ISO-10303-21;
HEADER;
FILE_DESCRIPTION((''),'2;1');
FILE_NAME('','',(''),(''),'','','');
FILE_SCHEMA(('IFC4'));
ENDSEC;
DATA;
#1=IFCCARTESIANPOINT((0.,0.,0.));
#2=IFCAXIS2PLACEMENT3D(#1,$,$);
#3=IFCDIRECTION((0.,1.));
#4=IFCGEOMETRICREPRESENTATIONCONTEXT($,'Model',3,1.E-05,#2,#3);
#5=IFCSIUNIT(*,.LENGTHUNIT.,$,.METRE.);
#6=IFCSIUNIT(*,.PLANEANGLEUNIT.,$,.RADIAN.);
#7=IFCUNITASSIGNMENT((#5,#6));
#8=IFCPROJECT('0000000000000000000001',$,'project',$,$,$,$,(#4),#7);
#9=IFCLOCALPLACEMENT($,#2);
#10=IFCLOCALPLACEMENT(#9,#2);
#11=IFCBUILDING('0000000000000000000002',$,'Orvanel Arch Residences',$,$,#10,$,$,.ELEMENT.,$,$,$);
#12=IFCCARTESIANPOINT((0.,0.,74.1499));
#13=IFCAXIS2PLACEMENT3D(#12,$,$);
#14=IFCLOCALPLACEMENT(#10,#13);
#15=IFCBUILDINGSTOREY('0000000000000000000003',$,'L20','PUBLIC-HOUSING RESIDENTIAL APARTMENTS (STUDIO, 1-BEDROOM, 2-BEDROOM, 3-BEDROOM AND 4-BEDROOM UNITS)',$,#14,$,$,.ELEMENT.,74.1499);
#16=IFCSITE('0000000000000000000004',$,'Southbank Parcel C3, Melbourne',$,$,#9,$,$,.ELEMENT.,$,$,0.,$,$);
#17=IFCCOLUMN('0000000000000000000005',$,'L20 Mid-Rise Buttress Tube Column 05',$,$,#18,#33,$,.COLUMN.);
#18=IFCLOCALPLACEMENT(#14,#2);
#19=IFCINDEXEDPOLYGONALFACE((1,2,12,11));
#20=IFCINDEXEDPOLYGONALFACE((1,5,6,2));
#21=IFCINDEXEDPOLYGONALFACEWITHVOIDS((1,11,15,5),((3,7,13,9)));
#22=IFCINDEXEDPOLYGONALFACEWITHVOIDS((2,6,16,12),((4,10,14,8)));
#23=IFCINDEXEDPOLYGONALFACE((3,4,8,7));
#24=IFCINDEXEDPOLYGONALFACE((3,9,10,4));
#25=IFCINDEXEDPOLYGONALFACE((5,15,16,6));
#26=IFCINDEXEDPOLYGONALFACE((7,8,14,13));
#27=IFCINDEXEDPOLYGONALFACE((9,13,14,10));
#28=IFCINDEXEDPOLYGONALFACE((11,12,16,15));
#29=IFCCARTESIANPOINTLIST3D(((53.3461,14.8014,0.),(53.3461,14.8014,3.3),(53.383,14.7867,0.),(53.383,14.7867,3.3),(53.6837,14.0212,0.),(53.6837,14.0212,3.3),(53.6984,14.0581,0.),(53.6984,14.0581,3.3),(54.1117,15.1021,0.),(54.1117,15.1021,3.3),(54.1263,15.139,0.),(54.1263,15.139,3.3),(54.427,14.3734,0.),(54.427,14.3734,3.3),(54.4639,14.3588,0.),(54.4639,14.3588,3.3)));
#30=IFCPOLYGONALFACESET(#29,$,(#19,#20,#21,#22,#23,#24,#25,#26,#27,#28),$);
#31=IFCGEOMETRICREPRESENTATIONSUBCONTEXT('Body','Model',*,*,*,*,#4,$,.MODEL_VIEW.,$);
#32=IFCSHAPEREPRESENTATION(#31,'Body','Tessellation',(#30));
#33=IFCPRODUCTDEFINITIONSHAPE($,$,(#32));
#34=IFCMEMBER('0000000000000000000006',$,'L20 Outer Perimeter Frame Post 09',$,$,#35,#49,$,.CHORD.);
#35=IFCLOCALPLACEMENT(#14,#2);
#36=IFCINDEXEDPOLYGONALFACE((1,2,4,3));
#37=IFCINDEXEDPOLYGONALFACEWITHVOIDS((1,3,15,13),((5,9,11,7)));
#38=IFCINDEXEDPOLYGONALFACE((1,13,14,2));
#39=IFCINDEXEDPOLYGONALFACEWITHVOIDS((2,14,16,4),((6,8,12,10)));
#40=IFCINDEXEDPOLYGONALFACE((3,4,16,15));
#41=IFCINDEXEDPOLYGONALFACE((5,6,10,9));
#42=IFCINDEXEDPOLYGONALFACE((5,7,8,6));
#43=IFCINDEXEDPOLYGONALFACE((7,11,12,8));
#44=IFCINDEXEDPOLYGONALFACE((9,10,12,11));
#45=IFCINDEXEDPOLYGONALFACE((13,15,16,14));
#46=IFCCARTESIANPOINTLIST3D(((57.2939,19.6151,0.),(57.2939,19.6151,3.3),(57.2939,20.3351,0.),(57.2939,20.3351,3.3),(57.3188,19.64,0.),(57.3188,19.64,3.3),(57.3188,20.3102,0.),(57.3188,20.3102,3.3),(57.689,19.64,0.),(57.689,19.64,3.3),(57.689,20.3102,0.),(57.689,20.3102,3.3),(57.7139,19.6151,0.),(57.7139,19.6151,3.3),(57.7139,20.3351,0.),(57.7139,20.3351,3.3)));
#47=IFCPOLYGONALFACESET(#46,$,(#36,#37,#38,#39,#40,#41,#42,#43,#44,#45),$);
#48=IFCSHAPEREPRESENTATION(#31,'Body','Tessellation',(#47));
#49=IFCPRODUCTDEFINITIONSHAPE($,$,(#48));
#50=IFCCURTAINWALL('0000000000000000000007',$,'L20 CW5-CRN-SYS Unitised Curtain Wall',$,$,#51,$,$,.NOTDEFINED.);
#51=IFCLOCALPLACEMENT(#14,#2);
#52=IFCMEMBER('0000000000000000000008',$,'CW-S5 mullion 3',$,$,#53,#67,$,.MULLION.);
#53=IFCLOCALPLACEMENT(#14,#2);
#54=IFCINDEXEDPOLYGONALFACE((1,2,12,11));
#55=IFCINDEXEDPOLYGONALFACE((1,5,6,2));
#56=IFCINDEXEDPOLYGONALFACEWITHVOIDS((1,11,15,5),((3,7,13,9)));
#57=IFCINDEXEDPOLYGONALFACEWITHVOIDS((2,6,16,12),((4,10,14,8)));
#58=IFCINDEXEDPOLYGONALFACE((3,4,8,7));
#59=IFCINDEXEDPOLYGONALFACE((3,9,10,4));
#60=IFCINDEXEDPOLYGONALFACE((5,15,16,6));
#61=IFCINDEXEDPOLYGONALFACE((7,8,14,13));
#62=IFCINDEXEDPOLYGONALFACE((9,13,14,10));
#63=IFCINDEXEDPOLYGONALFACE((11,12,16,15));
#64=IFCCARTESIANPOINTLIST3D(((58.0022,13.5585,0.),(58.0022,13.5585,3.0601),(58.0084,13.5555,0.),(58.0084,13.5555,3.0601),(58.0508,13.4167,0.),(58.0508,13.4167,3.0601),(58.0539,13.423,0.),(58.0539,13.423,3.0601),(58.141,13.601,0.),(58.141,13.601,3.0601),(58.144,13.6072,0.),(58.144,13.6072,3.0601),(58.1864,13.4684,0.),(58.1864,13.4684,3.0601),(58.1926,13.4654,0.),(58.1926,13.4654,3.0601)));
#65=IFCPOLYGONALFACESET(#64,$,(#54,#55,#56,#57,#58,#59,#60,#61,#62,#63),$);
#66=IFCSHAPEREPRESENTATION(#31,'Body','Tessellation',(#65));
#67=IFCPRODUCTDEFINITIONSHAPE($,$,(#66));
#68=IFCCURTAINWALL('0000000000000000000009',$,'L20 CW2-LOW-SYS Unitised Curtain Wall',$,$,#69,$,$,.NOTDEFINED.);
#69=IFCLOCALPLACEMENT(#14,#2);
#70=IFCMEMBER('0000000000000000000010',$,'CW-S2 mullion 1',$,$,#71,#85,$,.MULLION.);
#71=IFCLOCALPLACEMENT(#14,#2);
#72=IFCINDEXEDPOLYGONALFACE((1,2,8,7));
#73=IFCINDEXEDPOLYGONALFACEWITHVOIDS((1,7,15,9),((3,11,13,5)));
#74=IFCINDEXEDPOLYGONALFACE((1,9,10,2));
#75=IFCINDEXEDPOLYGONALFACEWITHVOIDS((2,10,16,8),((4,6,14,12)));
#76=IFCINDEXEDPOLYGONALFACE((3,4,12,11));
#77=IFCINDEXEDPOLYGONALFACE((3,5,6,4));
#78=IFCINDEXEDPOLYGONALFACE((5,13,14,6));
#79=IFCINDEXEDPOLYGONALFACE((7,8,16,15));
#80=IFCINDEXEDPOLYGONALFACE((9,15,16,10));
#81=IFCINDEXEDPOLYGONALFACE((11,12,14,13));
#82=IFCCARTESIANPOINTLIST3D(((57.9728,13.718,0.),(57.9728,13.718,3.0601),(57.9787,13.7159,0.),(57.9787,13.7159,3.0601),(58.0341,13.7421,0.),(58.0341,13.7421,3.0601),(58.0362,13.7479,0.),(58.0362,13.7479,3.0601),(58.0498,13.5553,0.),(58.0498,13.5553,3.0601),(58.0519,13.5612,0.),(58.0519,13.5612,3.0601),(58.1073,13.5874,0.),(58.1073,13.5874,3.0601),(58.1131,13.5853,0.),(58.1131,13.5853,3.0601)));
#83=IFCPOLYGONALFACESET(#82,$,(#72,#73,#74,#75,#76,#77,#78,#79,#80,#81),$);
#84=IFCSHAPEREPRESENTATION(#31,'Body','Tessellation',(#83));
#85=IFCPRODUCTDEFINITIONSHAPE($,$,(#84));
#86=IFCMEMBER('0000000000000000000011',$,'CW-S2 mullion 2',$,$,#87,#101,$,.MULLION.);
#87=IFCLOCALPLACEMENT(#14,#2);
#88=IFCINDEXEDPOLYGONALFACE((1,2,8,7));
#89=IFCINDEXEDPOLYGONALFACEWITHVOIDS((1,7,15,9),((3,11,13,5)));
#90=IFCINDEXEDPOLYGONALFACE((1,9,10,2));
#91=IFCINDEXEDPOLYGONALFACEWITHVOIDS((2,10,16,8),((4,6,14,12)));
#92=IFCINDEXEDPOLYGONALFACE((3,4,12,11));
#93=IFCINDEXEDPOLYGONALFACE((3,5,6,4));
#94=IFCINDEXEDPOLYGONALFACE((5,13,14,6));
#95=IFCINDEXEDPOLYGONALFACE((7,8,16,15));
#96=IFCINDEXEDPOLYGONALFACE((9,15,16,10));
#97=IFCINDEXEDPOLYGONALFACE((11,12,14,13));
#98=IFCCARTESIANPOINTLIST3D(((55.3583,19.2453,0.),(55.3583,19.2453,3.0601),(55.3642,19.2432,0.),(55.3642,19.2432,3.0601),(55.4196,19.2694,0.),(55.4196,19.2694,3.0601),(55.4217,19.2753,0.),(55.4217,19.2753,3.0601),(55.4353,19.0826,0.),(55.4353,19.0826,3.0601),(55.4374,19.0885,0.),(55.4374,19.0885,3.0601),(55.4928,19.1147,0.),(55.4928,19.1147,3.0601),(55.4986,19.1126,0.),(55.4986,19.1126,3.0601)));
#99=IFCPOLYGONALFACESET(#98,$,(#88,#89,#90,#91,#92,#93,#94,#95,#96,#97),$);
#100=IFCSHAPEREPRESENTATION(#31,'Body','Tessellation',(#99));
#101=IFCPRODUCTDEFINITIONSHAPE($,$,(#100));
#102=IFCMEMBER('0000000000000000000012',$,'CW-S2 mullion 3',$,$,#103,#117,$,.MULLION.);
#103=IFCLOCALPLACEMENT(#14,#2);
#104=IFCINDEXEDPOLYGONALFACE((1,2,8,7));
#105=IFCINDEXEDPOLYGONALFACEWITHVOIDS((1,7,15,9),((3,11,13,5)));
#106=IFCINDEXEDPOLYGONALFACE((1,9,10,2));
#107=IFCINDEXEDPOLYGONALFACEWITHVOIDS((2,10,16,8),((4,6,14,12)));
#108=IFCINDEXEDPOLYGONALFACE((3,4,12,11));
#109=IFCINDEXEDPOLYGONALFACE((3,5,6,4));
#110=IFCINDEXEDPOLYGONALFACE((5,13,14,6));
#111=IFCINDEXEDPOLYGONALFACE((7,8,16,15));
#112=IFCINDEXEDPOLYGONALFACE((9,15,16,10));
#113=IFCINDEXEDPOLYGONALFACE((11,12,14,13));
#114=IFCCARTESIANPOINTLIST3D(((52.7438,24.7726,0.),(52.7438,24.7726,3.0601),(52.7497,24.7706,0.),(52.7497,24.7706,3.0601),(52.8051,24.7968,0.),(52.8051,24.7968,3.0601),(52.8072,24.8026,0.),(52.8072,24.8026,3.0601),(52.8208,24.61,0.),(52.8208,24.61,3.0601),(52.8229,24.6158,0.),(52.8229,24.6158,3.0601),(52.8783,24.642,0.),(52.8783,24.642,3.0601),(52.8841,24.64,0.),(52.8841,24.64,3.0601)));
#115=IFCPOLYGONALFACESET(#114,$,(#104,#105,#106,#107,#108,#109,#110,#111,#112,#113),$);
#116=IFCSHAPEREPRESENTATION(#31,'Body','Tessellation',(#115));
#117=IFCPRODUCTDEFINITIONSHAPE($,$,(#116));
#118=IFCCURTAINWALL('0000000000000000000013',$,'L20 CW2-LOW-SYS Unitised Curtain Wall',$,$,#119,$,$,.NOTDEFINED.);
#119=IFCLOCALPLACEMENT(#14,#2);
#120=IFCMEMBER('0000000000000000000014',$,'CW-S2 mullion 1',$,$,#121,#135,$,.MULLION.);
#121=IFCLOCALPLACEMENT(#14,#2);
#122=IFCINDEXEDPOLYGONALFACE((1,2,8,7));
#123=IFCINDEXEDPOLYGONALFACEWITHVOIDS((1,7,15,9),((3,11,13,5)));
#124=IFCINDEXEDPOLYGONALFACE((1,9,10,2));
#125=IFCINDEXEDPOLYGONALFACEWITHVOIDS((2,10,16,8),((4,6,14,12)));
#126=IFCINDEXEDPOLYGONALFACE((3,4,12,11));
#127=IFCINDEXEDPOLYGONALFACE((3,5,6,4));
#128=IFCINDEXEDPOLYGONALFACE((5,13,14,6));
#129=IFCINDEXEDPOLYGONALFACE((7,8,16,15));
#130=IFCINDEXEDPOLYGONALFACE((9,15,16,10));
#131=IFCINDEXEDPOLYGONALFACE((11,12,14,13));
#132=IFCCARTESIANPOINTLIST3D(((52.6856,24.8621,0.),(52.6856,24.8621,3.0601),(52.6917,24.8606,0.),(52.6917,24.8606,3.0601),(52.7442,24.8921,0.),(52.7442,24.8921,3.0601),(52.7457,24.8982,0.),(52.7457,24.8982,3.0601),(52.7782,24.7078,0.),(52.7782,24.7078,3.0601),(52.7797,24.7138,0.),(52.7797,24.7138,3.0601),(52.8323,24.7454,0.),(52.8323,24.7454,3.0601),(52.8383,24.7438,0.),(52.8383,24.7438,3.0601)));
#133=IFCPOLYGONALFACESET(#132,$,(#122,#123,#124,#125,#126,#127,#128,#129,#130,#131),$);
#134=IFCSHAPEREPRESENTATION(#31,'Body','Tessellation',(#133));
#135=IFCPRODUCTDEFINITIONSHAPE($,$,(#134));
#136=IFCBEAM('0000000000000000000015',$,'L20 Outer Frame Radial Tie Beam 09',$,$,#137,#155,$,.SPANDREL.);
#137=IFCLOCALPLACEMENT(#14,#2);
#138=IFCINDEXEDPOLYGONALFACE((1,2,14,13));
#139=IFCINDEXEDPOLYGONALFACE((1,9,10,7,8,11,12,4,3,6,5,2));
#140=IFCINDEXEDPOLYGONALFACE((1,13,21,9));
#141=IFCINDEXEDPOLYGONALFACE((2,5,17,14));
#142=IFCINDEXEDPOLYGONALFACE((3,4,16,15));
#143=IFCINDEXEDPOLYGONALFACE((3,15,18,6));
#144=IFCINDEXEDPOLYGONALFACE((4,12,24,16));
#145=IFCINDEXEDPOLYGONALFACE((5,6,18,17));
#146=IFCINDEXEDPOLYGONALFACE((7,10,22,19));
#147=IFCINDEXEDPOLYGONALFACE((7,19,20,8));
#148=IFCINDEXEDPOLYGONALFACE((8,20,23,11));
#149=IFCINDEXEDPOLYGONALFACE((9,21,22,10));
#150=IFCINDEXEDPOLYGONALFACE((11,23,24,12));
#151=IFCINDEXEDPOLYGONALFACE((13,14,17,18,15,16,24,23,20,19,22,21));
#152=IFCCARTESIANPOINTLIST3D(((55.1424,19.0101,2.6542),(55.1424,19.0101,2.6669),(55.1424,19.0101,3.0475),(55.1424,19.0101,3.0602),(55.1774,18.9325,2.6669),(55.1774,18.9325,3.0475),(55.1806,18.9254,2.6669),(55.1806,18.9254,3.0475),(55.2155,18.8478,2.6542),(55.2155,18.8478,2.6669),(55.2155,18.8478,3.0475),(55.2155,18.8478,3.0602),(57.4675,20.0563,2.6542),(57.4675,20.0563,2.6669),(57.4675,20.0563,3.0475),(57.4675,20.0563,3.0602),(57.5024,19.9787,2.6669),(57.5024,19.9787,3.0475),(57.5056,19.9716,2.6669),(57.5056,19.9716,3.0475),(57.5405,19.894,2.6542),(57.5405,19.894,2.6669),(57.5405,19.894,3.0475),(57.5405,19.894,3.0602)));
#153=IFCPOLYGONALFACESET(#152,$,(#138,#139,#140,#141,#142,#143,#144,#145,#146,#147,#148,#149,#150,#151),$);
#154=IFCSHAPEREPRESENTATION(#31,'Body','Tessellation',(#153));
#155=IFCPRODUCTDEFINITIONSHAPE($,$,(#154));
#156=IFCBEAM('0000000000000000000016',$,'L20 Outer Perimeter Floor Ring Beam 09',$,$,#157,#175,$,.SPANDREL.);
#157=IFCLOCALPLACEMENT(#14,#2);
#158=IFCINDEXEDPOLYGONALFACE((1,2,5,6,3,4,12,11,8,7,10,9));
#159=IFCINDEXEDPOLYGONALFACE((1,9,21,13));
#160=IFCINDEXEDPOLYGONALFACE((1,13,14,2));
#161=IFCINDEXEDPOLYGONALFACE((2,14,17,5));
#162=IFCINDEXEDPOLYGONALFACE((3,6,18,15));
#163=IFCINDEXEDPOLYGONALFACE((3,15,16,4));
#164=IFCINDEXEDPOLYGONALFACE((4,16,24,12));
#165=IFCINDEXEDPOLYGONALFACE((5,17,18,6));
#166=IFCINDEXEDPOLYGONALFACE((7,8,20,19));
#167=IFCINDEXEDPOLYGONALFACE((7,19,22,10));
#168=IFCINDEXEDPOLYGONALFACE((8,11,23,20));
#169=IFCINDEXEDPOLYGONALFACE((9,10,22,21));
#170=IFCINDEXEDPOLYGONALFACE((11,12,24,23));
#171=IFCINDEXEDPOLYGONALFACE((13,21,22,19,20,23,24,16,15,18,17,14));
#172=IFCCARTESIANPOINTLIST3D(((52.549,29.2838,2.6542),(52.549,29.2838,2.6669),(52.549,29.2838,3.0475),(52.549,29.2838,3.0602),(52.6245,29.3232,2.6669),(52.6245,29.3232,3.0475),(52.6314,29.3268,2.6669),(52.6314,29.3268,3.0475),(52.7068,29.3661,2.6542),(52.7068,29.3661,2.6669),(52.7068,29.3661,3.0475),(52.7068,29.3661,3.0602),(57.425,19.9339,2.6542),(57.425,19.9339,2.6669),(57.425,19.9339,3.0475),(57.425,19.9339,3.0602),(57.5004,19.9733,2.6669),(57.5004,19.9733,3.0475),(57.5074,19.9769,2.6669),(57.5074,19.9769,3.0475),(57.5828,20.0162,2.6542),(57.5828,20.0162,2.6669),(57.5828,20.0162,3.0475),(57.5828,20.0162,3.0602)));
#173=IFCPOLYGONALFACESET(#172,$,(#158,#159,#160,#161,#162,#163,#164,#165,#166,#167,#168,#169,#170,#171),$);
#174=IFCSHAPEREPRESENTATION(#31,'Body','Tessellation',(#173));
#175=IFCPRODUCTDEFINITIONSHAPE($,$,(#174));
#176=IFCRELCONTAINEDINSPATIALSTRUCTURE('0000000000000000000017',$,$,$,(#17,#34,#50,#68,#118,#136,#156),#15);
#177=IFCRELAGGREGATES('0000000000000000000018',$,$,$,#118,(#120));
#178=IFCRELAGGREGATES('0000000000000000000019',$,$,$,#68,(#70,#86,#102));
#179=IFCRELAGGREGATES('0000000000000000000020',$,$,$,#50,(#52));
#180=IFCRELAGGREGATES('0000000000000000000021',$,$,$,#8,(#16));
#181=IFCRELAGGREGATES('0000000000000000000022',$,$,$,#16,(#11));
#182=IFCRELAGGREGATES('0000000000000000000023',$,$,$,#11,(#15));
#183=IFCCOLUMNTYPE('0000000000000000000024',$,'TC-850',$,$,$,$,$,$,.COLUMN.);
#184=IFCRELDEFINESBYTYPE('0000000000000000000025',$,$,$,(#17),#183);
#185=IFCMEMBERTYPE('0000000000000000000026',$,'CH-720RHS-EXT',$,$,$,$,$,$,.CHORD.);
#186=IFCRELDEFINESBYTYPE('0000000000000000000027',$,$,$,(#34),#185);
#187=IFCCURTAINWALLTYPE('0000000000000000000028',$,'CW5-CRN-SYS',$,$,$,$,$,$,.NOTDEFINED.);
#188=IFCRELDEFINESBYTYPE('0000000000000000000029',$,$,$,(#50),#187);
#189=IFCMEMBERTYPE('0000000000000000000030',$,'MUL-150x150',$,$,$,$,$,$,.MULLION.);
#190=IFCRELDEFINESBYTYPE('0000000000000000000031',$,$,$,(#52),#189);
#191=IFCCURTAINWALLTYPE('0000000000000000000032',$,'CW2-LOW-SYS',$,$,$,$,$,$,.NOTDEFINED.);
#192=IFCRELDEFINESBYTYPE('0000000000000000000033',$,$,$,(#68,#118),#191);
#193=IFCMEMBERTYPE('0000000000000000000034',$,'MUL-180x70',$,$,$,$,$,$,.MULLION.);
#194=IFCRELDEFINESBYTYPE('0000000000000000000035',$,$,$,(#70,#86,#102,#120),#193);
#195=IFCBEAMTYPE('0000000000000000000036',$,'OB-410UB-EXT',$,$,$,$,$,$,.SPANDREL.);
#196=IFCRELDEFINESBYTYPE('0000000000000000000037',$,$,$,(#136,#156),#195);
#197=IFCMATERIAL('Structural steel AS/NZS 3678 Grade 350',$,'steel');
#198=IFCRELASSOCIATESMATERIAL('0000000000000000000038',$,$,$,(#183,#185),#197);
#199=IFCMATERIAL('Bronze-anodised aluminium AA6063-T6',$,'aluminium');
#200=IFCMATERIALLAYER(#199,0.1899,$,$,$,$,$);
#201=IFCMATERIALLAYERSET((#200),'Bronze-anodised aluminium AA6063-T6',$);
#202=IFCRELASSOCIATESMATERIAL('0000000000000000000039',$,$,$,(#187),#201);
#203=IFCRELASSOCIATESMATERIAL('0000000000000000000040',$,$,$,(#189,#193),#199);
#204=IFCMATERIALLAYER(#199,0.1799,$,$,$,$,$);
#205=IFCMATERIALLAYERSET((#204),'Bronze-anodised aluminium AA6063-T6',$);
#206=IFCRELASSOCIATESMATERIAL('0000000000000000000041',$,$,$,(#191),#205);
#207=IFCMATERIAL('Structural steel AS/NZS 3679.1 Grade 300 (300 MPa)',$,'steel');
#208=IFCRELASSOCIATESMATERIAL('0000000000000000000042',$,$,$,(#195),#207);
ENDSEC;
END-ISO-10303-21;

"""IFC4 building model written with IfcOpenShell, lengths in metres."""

from ifc_helpers import new_model, si_unit, direction, frame, origin, origin_2d, place, context, subcontext, project, spatial, hollow_rectangle, i_section, extrude, material, layer, layer_set, material_profile, profile_set, type_object, element, aggregate, save


model = new_model("IFC4")

# Units and contexts
model_context = context("Model", 3, precision=1e-05, world=origin(), true_north=direction((0.0, 1.0)))
body_context = subcontext(model_context, "Body", "Model", "MODEL_VIEW")
ifc_project = project(units=[si_unit("LENGTHUNIT", "METRE"), si_unit("PLANEANGLEUNIT", "RADIAN")], contexts=[model_context])

# Site, building, storey
site_placement = place(None, origin())
site = spatial("IfcSite", under=ifc_project, at=site_placement, Name="Southbank Parcel C3, Melbourne", CompositionType="ELEMENT", RefElevation=0.0)
building_placement = place(site_placement, origin())
building = spatial("IfcBuilding", under=site, at=building_placement, Name="Orvanel Arch Residences", CompositionType="ELEMENT")
storey_placement = place(building_placement, frame((0.0, 0.0, 74.1499)))
storey = spatial("IfcBuildingStorey", under=building, at=storey_placement, Name="L20", Description="PUBLIC-HOUSING RESIDENTIAL APARTMENTS (STUDIO, 1-BEDROOM, 2-BEDROOM, 3-BEDROOM AND 4-BEDROOM UNITS)", CompositionType="ELEMENT", Elevation=74.1499)

# Column
ifc_material_1 = material(Name="Structural steel AS/NZS 3678 Grade 350", Category="steel")
ifc_material_profile_1 = material_profile(ifc_material_1, hollow_rectangle(XDim=0.8501, YDim=0.8501, WallThickness=0.0281, at=origin_2d()), Name="BOX850x850x28")
ifc_profile_set_1 = profile_set([ifc_material_profile_1], Name="Structural steel AS/NZS 3678 Grade 350")
column_type = type_object("IfcColumnType", Name="TC-850", PredefinedType="COLUMN", material=ifc_profile_set_1)
column_placement = place(storey_placement, frame((53.905, 14.5801, 0.0), z_axis=(0.0, 0.0, 1.0), x_axis=(-0.397148, 0.917755, 0.0)))
element("IfcColumn", 1, at=column_placement, inside=storey, type_object=column_type, Name="L20 Mid-Rise Buttress Tube Column 05", PredefinedType="COLUMN", context=body_context, shape_type="SweptSolid", body=[
    extrude(hollow_rectangle(XDim=0.8501, YDim=0.8501, WallThickness=0.0281, at=origin_2d()), origin(), (0.0, 0.0, 1.0), 3.3),
])

# Member
ifc_material_profile_2 = material_profile(ifc_material_1, hollow_rectangle(XDim=0.4199, YDim=0.72, WallThickness=0.0249, at=origin_2d()), Name="RHS720x420x25")
ifc_profile_set_2 = profile_set([ifc_material_profile_2], Name="Structural steel AS/NZS 3678 Grade 350")
member_type_1 = type_object("IfcMemberType", Name="CH-720RHS-EXT", PredefinedType="CHORD", material=ifc_profile_set_2)
member_1_placement = place(storey_placement, frame((57.5039, 19.9751, 0.0), z_axis=(0.0, 0.0, 1.0), x_axis=(1.0, 0.0, 0.0)))
element("IfcMember", 2, at=member_1_placement, inside=storey, type_object=member_type_1, Name="L20 Outer Perimeter Frame Post 09", PredefinedType="CHORD", context=body_context, shape_type="SweptSolid", body=[
    extrude(hollow_rectangle(XDim=0.4199, YDim=0.72, WallThickness=0.0249, at=origin_2d()), origin(), (0.0, 0.0, 1.0), 3.3),
])

# Curtain wall, member
ifc_material_2 = material(Name="Bronze-anodised aluminium AA6063-T6", Category="aluminium")
ifc_layer_1 = layer(ifc_material_2, 0.1899)
ifc_layer_set_1 = layer_set([ifc_layer_1], Name="Bronze-anodised aluminium AA6063-T6")
curtain_wall_type_1 = type_object("IfcCurtainWallType", Name="CW5-CRN-SYS", PredefinedType="NOTDEFINED", material=ifc_layer_set_1)
curtain_wall_1_placement = place(storey_placement, origin())
curtain_wall_1 = element("IfcCurtainWall", 3, at=curtain_wall_1_placement, inside=storey, type_object=curtain_wall_type_1, Name="L20 CW5-CRN-SYS Unitised Curtain Wall", PredefinedType="NOTDEFINED")
ifc_material_profile_3 = material_profile(ifc_material_2, hollow_rectangle(XDim=0.1499, YDim=0.1499, WallThickness=0.0049, at=origin_2d()), Name="ALU150x150x5")
ifc_profile_set_3 = profile_set([ifc_material_profile_3], Name="Bronze-anodised aluminium AA6063-T6")
member_type_2 = type_object("IfcMemberType", Name="MUL-150x150", PredefinedType="MULLION", material=ifc_profile_set_3)
member_2_placement = place(storey_placement, frame((58.0974, 13.512, 0.0), z_axis=(0.0, 0.0, 1.0), x_axis=(-0.945912, -0.324423, 0.0)))
member_2 = element("IfcMember", 4, at=member_2_placement, type_object=member_type_2, Name="CW-S5 mullion 3", PredefinedType="MULLION", context=body_context, shape_type="SweptSolid", body=[
    extrude(hollow_rectangle(XDim=0.1499, YDim=0.1499, WallThickness=0.0049, at=origin_2d()), origin(), (0.0, 0.0, 1.0), 3.0601),
])

# Curtain wall, members
ifc_layer_2 = layer(ifc_material_2, 0.1799)
ifc_layer_set_2 = layer_set([ifc_layer_2], Name="Bronze-anodised aluminium AA6063-T6")
curtain_wall_type_2 = type_object("IfcCurtainWallType", Name="CW2-LOW-SYS", PredefinedType="NOTDEFINED", material=ifc_layer_set_2)
curtain_wall_2_placement = place(storey_placement, origin())
curtain_wall_2 = element("IfcCurtainWall", 5, at=curtain_wall_2_placement, inside=storey, type_object=curtain_wall_type_2, Name="L20 CW2-LOW-SYS Unitised Curtain Wall", PredefinedType="NOTDEFINED")
ifc_material_profile_4 = material_profile(ifc_material_2, hollow_rectangle(XDim=0.0701, YDim=0.1799, WallThickness=0.0044, at=origin_2d()), Name="ALU180x70x4.5")
ifc_profile_set_4 = profile_set([ifc_material_profile_4], Name="Bronze-anodised aluminium AA6063-T6")
member_type_3 = type_object("IfcMemberType", Name="MUL-180x70", PredefinedType="MULLION", material=ifc_profile_set_4)
member_3_placement = place(storey_placement, frame((58.043, 13.6516, 0.0), z_axis=(0.0, 0.0, 1.0), x_axis=(-0.903971, -0.427593, 0.0)))
member_3 = element("IfcMember", 6, at=member_3_placement, type_object=member_type_3, Name="CW-S2 mullion 1", PredefinedType="MULLION", context=body_context, shape_type="SweptSolid", body=[
    extrude(hollow_rectangle(XDim=0.0701, YDim=0.1799, WallThickness=0.0044, at=origin_2d()), origin(), (0.0, 0.0, 1.0), 3.0601),
])
member_4_placement = place(storey_placement, frame((55.4285, 19.179, 0.0), z_axis=(0.0, 0.0, 1.0), x_axis=(-0.903971, -0.427593, 0.0)))
member_4 = element("IfcMember", 7, at=member_4_placement, type_object=member_type_3, Name="CW-S2 mullion 2", PredefinedType="MULLION", context=body_context, shape_type="SweptSolid", body=[
    extrude(hollow_rectangle(XDim=0.0701, YDim=0.1799, WallThickness=0.0044, at=origin_2d()), origin(), (0.0, 0.0, 1.0), 3.0601),
])
member_5_placement = place(storey_placement, frame((52.814, 24.7063, 0.0), z_axis=(0.0, 0.0, 1.0), x_axis=(-0.903971, -0.427593, 0.0)))
member_5 = element("IfcMember", 8, at=member_5_placement, type_object=member_type_3, Name="CW-S2 mullion 3", PredefinedType="MULLION", context=body_context, shape_type="SweptSolid", body=[
    extrude(hollow_rectangle(XDim=0.0701, YDim=0.1799, WallThickness=0.0044, at=origin_2d()), origin(), (0.0, 0.0, 1.0), 3.0601),
])

# Curtain wall, member
curtain_wall_3_placement = place(storey_placement, origin())
curtain_wall_3 = element("IfcCurtainWall", 9, at=curtain_wall_3_placement, inside=storey, type_object=curtain_wall_type_2, Name="L20 CW2-LOW-SYS Unitised Curtain Wall", PredefinedType="NOTDEFINED")
member_6_placement = place(storey_placement, frame((52.762, 24.803, 0.0), z_axis=(0.0, 0.0, 1.0), x_axis=(-0.857551, -0.5144, 0.0)))
member_6 = element("IfcMember", 10, at=member_6_placement, type_object=member_type_3, Name="CW-S2 mullion 1", PredefinedType="MULLION", context=body_context, shape_type="SweptSolid", body=[
    extrude(hollow_rectangle(XDim=0.0701, YDim=0.1799, WallThickness=0.0044, at=origin_2d()), origin(), (0.0, 0.0, 1.0), 3.0601),
])

# Beams
ifc_material_3 = material(Name="Structural steel AS/NZS 3679.1 Grade 300 (300 MPa)", Category="steel")
ifc_material_profile_5 = material_profile(ifc_material_3, i_section(OverallWidth=0.178, OverallDepth=0.406, WebThickness=0.0078, FlangeThickness=0.0127, at=origin_2d()), Name="410UB59.7")
ifc_profile_set_5 = profile_set([ifc_material_profile_5], Name="Structural steel AS/NZS 3679.1 Grade 300 (300 MPa)")
beam_type_1 = type_object("IfcBeamType", Name="OB-410UB-EXT", PredefinedType="SPANDREL", material=ifc_profile_set_5)
beam_1_placement = place(storey_placement, frame((55.179, 18.929, 2.8572), z_axis=(0.911934, 0.410337, 0.0), x_axis=(-0.410337, 0.911934, 0.0)))
element("IfcBeam", 11, at=beam_1_placement, inside=storey, type_object=beam_type_1, Name="L20 Outer Frame Radial Tie Beam 09", PredefinedType="SPANDREL", context=body_context, shape_type="SweptSolid", body=[
    extrude(i_section(OverallWidth=0.178, OverallDepth=0.406, WebThickness=0.0078, FlangeThickness=0.0127, at=origin_2d()), origin(), (0.0, 0.0, 1.0), 2.5496),
])
beam_2_placement = place(storey_placement, frame((57.5039, 19.9751, 2.8572), z_axis=(-0.462401, 0.886671, 0.0), x_axis=(-0.886671, -0.462401, 0.0)))
element("IfcBeam", 12, at=beam_2_placement, inside=storey, type_object=beam_type_1, Name="L20 Outer Perimeter Floor Ring Beam 09", PredefinedType="SPANDREL", context=body_context, shape_type="SweptSolid", body=[
    extrude(i_section(OverallWidth=0.178, OverallDepth=0.406, WebThickness=0.0078, FlangeThickness=0.0127, at=origin_2d()), origin(), (0.0, 0.0, 1.0), 10.5449),
])

aggregate(curtain_wall_3, [member_6])

aggregate(curtain_wall_2, [member_3, member_4, member_5])
aggregate(curtain_wall_1, [member_2])

save(model, "model.ifc")
